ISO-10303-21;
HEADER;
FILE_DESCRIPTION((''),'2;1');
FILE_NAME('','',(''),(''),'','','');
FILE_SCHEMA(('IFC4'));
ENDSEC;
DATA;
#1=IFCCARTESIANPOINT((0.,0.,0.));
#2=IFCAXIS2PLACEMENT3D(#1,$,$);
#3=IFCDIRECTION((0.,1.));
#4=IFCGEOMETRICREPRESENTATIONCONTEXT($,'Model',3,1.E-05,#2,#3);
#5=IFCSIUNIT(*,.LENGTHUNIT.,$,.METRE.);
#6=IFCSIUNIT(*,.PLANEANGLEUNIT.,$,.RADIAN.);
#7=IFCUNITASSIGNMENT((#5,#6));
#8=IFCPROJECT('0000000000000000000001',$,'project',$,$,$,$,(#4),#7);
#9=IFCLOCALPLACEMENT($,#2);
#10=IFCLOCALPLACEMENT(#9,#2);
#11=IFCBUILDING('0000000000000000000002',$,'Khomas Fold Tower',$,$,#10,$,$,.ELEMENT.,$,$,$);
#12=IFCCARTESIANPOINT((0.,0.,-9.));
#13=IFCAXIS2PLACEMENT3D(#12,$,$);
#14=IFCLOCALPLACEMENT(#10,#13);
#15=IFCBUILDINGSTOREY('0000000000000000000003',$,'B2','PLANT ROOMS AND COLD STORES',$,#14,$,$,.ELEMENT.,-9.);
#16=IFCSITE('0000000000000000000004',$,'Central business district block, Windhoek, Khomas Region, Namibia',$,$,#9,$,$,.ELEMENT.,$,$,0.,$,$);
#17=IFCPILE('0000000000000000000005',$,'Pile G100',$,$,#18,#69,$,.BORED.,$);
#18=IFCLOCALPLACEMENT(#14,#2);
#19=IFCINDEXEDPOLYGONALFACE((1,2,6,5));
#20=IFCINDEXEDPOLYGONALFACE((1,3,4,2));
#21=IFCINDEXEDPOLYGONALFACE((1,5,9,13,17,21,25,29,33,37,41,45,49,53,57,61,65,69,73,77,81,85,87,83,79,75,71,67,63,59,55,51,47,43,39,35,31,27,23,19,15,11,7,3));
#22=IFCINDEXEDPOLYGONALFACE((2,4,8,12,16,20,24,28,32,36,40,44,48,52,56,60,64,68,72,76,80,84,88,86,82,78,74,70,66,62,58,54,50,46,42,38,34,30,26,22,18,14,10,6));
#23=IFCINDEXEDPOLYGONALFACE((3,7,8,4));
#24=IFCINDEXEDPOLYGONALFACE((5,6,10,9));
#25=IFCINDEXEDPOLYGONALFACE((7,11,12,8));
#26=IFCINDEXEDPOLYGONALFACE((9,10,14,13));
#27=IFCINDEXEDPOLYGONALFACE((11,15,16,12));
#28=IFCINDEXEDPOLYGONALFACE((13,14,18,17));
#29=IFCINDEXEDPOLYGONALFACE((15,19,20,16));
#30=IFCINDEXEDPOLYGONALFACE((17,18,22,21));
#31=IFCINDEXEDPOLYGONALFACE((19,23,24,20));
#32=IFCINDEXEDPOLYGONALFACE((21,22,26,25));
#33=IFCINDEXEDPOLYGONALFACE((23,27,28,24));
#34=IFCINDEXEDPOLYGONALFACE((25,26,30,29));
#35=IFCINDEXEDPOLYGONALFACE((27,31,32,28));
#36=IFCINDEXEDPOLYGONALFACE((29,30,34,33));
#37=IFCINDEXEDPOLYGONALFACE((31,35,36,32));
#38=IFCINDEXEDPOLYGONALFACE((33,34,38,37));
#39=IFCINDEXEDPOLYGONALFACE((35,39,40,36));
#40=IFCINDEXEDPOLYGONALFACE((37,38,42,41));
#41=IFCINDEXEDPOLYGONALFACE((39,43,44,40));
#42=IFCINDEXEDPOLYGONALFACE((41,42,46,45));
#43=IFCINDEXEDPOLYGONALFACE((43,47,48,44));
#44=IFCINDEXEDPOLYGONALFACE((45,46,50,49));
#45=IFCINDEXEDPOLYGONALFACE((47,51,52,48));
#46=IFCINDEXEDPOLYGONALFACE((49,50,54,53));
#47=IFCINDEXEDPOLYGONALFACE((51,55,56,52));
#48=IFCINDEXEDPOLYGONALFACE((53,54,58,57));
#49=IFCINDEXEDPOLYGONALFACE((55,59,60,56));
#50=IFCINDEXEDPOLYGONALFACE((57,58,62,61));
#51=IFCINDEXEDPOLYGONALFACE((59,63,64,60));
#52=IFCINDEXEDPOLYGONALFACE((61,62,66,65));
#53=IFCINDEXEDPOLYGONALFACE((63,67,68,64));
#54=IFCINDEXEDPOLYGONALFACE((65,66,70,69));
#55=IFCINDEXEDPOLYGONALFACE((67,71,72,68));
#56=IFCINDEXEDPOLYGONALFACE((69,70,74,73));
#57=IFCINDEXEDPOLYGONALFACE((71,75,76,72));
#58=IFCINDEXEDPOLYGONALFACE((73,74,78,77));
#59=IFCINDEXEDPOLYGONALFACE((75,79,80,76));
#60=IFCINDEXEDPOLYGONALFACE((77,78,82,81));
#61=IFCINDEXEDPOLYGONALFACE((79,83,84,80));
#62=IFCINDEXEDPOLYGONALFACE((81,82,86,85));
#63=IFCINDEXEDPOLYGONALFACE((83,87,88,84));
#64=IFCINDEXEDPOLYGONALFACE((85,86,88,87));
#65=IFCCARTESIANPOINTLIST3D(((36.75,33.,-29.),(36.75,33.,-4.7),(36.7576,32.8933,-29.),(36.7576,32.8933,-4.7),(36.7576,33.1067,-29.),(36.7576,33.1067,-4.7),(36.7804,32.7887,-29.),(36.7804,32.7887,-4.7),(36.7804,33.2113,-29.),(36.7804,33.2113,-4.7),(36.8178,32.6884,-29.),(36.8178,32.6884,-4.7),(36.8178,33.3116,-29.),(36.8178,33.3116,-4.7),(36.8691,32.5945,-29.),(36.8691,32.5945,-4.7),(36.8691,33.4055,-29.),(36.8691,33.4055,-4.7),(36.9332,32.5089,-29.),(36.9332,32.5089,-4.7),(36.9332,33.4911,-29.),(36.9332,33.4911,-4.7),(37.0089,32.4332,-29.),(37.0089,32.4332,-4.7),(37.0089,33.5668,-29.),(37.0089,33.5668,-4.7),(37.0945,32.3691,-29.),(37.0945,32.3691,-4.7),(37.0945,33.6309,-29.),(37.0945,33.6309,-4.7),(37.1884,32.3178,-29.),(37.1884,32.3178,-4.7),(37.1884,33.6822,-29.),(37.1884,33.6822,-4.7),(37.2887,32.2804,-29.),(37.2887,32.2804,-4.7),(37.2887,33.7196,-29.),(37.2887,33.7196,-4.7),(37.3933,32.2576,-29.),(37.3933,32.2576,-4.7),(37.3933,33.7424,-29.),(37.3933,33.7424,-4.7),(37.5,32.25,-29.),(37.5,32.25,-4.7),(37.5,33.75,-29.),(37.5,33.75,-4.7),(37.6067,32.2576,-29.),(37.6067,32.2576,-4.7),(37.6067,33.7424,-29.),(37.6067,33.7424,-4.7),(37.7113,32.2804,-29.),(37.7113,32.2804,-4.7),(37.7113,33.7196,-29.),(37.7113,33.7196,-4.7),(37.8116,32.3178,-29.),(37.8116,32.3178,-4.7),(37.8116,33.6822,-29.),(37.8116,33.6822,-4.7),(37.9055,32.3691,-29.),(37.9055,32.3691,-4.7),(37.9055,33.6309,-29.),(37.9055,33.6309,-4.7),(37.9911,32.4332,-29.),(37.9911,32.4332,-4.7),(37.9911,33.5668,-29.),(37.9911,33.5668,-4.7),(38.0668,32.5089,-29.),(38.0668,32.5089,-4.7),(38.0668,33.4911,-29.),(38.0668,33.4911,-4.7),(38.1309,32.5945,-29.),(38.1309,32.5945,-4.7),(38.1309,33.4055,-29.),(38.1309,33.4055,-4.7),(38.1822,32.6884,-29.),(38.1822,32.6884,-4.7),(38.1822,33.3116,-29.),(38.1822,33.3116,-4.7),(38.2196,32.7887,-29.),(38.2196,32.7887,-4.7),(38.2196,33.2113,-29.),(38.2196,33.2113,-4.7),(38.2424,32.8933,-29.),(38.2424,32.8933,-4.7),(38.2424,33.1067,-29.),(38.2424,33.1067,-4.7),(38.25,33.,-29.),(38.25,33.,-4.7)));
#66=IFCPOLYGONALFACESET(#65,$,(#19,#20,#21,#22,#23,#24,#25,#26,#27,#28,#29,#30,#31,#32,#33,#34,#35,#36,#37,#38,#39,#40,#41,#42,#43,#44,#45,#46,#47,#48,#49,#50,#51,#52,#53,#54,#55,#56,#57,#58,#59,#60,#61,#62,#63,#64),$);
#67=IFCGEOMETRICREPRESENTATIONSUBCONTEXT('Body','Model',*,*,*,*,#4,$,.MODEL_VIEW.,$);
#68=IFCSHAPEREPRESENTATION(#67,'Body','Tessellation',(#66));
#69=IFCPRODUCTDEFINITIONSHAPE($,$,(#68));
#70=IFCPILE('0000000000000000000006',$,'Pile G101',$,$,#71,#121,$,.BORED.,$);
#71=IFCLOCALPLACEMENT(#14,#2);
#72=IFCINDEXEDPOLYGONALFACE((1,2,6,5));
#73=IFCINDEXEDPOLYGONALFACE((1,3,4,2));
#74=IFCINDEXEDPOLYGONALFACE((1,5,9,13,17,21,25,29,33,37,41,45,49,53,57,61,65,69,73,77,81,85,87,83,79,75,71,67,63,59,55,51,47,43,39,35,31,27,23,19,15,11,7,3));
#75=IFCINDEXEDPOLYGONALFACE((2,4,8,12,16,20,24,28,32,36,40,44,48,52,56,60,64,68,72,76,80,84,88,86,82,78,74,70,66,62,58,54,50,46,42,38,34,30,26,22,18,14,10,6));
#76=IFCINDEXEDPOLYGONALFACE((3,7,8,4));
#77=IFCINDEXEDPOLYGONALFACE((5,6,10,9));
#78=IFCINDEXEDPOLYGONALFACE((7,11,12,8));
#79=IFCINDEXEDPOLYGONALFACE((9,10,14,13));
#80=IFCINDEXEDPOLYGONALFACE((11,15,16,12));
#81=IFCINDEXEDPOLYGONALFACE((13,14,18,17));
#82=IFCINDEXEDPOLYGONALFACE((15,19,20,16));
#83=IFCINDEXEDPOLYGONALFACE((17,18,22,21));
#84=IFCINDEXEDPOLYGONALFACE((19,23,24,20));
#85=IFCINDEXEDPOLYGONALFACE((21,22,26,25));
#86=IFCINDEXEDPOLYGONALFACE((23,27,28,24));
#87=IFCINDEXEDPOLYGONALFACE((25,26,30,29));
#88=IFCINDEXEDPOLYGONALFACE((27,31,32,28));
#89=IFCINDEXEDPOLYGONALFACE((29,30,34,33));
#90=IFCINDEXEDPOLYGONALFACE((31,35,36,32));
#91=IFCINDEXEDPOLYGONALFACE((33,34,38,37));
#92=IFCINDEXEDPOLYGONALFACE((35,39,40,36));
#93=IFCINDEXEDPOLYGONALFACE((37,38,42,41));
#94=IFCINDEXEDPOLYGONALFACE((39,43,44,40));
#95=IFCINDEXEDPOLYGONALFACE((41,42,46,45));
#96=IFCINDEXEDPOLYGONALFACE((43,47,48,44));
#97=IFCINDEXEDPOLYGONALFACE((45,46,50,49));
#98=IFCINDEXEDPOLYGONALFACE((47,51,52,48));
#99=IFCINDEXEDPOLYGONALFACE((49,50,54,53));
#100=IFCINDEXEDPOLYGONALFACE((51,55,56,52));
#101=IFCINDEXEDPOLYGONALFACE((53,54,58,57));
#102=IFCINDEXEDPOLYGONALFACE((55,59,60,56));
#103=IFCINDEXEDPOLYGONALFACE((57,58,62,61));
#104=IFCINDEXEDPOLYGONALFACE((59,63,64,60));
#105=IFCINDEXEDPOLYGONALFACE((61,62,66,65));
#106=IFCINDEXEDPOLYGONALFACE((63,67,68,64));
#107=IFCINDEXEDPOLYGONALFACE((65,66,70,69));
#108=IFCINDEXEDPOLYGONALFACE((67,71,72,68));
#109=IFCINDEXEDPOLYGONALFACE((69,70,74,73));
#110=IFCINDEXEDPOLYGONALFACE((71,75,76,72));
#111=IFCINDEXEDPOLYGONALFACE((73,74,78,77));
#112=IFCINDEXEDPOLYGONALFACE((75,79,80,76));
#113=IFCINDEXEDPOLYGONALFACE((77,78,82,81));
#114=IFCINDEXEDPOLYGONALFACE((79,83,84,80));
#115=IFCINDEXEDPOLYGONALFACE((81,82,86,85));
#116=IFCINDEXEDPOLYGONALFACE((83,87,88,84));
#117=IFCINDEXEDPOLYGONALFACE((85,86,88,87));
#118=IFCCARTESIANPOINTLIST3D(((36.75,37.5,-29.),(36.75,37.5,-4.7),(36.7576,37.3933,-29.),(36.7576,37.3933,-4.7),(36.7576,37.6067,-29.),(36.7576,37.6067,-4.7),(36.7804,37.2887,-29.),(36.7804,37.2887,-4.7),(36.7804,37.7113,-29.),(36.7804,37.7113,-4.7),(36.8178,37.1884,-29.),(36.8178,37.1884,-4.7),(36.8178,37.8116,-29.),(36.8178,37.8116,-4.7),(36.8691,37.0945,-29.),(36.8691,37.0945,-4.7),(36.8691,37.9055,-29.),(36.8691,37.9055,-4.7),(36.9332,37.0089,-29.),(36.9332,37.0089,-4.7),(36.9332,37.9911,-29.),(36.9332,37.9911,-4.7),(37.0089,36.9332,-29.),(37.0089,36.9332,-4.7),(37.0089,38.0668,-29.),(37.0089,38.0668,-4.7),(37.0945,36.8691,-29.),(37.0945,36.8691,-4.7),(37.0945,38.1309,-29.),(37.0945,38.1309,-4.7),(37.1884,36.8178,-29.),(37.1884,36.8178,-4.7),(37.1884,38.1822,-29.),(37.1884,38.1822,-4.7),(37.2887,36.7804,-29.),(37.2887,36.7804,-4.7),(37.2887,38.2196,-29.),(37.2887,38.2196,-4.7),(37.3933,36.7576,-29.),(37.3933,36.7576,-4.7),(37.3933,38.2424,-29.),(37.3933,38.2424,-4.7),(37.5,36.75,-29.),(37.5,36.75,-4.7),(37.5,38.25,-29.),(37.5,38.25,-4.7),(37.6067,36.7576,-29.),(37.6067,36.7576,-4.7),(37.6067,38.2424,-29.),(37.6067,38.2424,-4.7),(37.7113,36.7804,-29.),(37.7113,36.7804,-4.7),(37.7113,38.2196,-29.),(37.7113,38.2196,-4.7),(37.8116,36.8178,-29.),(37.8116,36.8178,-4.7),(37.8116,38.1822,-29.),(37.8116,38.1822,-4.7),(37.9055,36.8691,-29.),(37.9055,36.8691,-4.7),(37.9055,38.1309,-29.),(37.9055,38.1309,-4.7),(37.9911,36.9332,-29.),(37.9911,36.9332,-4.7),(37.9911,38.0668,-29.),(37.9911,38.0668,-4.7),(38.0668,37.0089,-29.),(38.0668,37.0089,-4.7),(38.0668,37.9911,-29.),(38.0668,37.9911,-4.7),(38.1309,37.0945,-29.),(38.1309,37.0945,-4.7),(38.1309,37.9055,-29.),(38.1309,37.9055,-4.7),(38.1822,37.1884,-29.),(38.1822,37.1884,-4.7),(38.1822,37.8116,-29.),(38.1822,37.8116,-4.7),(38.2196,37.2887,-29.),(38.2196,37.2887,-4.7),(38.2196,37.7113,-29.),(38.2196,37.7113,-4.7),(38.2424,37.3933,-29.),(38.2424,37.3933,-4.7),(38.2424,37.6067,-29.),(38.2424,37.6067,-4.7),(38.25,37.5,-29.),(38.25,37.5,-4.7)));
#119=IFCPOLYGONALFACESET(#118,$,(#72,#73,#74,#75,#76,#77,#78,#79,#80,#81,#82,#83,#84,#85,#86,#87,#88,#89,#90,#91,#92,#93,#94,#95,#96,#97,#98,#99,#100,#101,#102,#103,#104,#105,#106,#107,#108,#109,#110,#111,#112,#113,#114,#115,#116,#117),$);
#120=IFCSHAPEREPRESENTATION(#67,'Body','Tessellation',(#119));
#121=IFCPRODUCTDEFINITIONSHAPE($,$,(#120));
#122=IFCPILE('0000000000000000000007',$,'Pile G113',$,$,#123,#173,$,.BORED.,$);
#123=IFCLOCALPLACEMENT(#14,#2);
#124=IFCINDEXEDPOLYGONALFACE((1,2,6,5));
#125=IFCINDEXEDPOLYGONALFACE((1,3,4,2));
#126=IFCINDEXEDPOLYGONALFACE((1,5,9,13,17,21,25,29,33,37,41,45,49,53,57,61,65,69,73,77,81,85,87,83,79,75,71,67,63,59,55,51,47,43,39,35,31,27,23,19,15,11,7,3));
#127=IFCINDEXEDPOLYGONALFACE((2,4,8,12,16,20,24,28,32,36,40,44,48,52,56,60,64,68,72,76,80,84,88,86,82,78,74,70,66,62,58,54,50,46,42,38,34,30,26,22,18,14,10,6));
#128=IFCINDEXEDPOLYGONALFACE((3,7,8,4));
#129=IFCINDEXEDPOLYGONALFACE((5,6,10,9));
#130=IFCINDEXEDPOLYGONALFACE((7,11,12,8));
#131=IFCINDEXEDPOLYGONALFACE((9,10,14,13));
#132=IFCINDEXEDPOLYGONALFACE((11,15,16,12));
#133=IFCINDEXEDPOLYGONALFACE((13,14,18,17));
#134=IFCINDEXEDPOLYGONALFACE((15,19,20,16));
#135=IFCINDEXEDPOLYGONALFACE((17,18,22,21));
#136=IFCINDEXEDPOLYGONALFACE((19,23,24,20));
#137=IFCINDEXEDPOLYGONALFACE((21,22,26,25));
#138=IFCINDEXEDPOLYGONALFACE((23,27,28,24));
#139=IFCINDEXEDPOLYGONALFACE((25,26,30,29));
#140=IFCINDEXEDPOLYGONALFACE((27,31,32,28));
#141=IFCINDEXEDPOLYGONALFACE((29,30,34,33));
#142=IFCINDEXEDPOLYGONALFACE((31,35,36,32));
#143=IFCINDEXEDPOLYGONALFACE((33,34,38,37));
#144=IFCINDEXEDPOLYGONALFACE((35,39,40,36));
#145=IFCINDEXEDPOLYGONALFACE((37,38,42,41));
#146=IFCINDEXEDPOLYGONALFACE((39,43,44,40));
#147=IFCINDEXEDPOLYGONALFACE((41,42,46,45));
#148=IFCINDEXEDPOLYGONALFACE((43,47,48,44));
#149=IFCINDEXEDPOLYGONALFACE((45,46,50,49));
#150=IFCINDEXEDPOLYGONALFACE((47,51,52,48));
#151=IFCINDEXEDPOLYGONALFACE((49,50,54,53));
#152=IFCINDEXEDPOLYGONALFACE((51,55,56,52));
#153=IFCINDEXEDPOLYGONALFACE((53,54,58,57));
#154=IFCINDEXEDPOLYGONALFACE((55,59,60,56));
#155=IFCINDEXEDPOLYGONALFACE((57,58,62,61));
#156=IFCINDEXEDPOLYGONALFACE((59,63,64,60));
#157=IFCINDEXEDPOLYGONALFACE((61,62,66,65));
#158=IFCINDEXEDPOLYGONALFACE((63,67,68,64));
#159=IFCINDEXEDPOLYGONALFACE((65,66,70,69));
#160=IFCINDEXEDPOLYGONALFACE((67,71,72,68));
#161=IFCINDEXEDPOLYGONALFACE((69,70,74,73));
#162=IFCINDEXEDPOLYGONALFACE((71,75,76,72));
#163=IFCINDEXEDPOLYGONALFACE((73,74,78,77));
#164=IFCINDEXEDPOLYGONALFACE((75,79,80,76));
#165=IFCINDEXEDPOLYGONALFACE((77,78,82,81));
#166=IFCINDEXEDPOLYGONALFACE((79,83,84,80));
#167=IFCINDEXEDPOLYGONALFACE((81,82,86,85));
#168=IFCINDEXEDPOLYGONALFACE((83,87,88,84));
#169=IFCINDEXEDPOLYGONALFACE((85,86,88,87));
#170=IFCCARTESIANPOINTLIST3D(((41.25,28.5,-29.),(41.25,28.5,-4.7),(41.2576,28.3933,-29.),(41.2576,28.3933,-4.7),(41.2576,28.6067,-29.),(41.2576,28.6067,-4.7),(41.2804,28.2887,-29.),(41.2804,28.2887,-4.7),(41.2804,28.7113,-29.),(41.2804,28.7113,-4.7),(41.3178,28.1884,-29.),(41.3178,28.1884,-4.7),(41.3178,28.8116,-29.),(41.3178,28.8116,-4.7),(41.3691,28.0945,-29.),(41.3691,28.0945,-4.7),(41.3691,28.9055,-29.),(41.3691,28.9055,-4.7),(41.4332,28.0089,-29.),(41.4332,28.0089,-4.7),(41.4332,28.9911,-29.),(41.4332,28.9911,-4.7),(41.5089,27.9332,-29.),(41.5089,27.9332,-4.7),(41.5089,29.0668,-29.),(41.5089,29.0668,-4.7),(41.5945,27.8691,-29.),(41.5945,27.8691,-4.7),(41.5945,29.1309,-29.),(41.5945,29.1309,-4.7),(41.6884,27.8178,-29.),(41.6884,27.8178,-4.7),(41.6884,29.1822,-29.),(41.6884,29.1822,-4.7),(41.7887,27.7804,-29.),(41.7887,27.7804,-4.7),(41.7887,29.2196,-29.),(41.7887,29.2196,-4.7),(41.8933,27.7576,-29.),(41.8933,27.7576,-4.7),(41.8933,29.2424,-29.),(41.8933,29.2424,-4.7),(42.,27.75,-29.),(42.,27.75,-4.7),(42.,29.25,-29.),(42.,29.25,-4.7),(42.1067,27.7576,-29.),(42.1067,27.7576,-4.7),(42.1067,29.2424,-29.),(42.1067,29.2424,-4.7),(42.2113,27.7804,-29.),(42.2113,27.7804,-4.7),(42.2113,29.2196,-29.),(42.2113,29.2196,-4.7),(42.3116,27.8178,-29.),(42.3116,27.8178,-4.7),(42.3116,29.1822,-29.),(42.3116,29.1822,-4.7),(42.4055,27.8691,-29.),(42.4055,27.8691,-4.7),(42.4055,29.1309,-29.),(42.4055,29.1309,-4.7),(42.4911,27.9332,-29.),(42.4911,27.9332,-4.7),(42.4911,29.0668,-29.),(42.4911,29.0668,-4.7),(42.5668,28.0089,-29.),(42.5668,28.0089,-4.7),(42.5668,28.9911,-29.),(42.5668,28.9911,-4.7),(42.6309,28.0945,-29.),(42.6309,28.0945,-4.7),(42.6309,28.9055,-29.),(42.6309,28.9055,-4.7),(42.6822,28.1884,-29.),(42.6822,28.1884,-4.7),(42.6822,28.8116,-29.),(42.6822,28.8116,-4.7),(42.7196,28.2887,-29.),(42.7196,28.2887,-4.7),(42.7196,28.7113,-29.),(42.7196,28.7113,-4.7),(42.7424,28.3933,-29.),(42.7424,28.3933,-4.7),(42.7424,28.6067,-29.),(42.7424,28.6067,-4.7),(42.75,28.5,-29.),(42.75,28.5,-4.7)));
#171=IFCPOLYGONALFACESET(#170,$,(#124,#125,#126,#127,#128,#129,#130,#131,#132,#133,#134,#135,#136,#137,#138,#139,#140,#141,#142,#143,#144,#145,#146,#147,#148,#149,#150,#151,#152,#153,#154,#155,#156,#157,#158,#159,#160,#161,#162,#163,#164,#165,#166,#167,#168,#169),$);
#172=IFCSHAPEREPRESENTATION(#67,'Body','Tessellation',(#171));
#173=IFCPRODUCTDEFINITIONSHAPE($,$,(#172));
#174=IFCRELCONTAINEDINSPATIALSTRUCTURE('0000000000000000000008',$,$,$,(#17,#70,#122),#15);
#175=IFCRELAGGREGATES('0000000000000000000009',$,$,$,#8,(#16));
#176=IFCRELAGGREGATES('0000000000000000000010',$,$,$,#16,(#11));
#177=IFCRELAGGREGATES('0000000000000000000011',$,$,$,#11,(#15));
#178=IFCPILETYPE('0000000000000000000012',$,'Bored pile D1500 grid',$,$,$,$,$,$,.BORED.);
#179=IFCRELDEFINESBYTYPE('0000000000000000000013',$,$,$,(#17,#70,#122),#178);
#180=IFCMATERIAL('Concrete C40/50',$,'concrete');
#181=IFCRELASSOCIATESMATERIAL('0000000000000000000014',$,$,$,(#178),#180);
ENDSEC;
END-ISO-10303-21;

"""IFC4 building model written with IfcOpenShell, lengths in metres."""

from ifc_helpers import new_model, si_unit, direction, frame, origin, origin_2d, place, context, subcontext, project, spatial, circle, extrude, source, transform, mapped, material, material_profile, profile_set, type_object, element, save


model = new_model("IFC4")

# Units and contexts
model_context = context("Model", 3, precision=1e-05, world=origin(), true_north=direction((0.0, 1.0)))
body_context = subcontext(model_context, "Body", "Model", "MODEL_VIEW")
ifc_project = project(units=[si_unit("LENGTHUNIT", "METRE"), si_unit("PLANEANGLEUNIT", "RADIAN")], contexts=[model_context])

# Site, building, storey
site_placement = place(None, origin())
site = spatial("IfcSite", under=ifc_project, at=site_placement, Name="Central business district block, Windhoek, Khomas Region, Namibia", CompositionType="ELEMENT", RefElevation=0.0)
building_placement = place(site_placement, origin())
building = spatial("IfcBuilding", under=site, at=building_placement, Name="Khomas Fold Tower", CompositionType="ELEMENT")
storey_placement = place(building_placement, frame((0.0, 0.0, -9.0)))
storey = spatial("IfcBuildingStorey", under=building, at=storey_placement, Name="B2", Description="PLANT ROOMS AND COLD STORES", CompositionType="ELEMENT", Elevation=-9.0)

# Piles
ifc_material_1 = material(Name="Concrete C40/50", Category="concrete")
ifc_material_profile_1 = material_profile(ifc_material_1, circle(Radius=0.75, at=origin_2d()), Name="PILE D1500")
ifc_profile_set_1 = profile_set([ifc_material_profile_1], Name="Concrete C40/50")
pile_type_1 = type_object("IfcPileType", Name="Bored pile D1500 grid", PredefinedType="BORED", material=ifc_profile_set_1)
shared_shape_1 = source(origin(), body_context, "Body", "SweptSolid", [
    extrude(circle(Radius=0.75, at=origin_2d()), origin(), (0.0, 0.0, 1.0), 24.3),
])
for number, where, z_axis, x_axis, name in (
    (1, (37.5, 33.0, -4.7), (0.0, 0.0, -1.0), (1.0, 0.0, 0.0), "Pile G100"),
    (2, (37.5, 37.5, -4.7), (0.0, 0.0, -1.0), (1.0, 0.0, 0.0), "Pile G101"),
    (3, (42.0, 28.5, -4.7), (0.0, 0.0, -1.0), (1.0, 0.0, 0.0), "Pile G113"),
):
    element("IfcPile", number, at=place(storey_placement, frame(where, z_axis=z_axis, x_axis=x_axis)), inside=storey, type_object=pile_type_1, Name=name, PredefinedType="BORED", context=body_context, shape_type="MappedRepresentation", body=[
        mapped(shared_shape_1, transform((0.0, 0.0, 0.0))),
    ])

save(model, "model.ifc")
